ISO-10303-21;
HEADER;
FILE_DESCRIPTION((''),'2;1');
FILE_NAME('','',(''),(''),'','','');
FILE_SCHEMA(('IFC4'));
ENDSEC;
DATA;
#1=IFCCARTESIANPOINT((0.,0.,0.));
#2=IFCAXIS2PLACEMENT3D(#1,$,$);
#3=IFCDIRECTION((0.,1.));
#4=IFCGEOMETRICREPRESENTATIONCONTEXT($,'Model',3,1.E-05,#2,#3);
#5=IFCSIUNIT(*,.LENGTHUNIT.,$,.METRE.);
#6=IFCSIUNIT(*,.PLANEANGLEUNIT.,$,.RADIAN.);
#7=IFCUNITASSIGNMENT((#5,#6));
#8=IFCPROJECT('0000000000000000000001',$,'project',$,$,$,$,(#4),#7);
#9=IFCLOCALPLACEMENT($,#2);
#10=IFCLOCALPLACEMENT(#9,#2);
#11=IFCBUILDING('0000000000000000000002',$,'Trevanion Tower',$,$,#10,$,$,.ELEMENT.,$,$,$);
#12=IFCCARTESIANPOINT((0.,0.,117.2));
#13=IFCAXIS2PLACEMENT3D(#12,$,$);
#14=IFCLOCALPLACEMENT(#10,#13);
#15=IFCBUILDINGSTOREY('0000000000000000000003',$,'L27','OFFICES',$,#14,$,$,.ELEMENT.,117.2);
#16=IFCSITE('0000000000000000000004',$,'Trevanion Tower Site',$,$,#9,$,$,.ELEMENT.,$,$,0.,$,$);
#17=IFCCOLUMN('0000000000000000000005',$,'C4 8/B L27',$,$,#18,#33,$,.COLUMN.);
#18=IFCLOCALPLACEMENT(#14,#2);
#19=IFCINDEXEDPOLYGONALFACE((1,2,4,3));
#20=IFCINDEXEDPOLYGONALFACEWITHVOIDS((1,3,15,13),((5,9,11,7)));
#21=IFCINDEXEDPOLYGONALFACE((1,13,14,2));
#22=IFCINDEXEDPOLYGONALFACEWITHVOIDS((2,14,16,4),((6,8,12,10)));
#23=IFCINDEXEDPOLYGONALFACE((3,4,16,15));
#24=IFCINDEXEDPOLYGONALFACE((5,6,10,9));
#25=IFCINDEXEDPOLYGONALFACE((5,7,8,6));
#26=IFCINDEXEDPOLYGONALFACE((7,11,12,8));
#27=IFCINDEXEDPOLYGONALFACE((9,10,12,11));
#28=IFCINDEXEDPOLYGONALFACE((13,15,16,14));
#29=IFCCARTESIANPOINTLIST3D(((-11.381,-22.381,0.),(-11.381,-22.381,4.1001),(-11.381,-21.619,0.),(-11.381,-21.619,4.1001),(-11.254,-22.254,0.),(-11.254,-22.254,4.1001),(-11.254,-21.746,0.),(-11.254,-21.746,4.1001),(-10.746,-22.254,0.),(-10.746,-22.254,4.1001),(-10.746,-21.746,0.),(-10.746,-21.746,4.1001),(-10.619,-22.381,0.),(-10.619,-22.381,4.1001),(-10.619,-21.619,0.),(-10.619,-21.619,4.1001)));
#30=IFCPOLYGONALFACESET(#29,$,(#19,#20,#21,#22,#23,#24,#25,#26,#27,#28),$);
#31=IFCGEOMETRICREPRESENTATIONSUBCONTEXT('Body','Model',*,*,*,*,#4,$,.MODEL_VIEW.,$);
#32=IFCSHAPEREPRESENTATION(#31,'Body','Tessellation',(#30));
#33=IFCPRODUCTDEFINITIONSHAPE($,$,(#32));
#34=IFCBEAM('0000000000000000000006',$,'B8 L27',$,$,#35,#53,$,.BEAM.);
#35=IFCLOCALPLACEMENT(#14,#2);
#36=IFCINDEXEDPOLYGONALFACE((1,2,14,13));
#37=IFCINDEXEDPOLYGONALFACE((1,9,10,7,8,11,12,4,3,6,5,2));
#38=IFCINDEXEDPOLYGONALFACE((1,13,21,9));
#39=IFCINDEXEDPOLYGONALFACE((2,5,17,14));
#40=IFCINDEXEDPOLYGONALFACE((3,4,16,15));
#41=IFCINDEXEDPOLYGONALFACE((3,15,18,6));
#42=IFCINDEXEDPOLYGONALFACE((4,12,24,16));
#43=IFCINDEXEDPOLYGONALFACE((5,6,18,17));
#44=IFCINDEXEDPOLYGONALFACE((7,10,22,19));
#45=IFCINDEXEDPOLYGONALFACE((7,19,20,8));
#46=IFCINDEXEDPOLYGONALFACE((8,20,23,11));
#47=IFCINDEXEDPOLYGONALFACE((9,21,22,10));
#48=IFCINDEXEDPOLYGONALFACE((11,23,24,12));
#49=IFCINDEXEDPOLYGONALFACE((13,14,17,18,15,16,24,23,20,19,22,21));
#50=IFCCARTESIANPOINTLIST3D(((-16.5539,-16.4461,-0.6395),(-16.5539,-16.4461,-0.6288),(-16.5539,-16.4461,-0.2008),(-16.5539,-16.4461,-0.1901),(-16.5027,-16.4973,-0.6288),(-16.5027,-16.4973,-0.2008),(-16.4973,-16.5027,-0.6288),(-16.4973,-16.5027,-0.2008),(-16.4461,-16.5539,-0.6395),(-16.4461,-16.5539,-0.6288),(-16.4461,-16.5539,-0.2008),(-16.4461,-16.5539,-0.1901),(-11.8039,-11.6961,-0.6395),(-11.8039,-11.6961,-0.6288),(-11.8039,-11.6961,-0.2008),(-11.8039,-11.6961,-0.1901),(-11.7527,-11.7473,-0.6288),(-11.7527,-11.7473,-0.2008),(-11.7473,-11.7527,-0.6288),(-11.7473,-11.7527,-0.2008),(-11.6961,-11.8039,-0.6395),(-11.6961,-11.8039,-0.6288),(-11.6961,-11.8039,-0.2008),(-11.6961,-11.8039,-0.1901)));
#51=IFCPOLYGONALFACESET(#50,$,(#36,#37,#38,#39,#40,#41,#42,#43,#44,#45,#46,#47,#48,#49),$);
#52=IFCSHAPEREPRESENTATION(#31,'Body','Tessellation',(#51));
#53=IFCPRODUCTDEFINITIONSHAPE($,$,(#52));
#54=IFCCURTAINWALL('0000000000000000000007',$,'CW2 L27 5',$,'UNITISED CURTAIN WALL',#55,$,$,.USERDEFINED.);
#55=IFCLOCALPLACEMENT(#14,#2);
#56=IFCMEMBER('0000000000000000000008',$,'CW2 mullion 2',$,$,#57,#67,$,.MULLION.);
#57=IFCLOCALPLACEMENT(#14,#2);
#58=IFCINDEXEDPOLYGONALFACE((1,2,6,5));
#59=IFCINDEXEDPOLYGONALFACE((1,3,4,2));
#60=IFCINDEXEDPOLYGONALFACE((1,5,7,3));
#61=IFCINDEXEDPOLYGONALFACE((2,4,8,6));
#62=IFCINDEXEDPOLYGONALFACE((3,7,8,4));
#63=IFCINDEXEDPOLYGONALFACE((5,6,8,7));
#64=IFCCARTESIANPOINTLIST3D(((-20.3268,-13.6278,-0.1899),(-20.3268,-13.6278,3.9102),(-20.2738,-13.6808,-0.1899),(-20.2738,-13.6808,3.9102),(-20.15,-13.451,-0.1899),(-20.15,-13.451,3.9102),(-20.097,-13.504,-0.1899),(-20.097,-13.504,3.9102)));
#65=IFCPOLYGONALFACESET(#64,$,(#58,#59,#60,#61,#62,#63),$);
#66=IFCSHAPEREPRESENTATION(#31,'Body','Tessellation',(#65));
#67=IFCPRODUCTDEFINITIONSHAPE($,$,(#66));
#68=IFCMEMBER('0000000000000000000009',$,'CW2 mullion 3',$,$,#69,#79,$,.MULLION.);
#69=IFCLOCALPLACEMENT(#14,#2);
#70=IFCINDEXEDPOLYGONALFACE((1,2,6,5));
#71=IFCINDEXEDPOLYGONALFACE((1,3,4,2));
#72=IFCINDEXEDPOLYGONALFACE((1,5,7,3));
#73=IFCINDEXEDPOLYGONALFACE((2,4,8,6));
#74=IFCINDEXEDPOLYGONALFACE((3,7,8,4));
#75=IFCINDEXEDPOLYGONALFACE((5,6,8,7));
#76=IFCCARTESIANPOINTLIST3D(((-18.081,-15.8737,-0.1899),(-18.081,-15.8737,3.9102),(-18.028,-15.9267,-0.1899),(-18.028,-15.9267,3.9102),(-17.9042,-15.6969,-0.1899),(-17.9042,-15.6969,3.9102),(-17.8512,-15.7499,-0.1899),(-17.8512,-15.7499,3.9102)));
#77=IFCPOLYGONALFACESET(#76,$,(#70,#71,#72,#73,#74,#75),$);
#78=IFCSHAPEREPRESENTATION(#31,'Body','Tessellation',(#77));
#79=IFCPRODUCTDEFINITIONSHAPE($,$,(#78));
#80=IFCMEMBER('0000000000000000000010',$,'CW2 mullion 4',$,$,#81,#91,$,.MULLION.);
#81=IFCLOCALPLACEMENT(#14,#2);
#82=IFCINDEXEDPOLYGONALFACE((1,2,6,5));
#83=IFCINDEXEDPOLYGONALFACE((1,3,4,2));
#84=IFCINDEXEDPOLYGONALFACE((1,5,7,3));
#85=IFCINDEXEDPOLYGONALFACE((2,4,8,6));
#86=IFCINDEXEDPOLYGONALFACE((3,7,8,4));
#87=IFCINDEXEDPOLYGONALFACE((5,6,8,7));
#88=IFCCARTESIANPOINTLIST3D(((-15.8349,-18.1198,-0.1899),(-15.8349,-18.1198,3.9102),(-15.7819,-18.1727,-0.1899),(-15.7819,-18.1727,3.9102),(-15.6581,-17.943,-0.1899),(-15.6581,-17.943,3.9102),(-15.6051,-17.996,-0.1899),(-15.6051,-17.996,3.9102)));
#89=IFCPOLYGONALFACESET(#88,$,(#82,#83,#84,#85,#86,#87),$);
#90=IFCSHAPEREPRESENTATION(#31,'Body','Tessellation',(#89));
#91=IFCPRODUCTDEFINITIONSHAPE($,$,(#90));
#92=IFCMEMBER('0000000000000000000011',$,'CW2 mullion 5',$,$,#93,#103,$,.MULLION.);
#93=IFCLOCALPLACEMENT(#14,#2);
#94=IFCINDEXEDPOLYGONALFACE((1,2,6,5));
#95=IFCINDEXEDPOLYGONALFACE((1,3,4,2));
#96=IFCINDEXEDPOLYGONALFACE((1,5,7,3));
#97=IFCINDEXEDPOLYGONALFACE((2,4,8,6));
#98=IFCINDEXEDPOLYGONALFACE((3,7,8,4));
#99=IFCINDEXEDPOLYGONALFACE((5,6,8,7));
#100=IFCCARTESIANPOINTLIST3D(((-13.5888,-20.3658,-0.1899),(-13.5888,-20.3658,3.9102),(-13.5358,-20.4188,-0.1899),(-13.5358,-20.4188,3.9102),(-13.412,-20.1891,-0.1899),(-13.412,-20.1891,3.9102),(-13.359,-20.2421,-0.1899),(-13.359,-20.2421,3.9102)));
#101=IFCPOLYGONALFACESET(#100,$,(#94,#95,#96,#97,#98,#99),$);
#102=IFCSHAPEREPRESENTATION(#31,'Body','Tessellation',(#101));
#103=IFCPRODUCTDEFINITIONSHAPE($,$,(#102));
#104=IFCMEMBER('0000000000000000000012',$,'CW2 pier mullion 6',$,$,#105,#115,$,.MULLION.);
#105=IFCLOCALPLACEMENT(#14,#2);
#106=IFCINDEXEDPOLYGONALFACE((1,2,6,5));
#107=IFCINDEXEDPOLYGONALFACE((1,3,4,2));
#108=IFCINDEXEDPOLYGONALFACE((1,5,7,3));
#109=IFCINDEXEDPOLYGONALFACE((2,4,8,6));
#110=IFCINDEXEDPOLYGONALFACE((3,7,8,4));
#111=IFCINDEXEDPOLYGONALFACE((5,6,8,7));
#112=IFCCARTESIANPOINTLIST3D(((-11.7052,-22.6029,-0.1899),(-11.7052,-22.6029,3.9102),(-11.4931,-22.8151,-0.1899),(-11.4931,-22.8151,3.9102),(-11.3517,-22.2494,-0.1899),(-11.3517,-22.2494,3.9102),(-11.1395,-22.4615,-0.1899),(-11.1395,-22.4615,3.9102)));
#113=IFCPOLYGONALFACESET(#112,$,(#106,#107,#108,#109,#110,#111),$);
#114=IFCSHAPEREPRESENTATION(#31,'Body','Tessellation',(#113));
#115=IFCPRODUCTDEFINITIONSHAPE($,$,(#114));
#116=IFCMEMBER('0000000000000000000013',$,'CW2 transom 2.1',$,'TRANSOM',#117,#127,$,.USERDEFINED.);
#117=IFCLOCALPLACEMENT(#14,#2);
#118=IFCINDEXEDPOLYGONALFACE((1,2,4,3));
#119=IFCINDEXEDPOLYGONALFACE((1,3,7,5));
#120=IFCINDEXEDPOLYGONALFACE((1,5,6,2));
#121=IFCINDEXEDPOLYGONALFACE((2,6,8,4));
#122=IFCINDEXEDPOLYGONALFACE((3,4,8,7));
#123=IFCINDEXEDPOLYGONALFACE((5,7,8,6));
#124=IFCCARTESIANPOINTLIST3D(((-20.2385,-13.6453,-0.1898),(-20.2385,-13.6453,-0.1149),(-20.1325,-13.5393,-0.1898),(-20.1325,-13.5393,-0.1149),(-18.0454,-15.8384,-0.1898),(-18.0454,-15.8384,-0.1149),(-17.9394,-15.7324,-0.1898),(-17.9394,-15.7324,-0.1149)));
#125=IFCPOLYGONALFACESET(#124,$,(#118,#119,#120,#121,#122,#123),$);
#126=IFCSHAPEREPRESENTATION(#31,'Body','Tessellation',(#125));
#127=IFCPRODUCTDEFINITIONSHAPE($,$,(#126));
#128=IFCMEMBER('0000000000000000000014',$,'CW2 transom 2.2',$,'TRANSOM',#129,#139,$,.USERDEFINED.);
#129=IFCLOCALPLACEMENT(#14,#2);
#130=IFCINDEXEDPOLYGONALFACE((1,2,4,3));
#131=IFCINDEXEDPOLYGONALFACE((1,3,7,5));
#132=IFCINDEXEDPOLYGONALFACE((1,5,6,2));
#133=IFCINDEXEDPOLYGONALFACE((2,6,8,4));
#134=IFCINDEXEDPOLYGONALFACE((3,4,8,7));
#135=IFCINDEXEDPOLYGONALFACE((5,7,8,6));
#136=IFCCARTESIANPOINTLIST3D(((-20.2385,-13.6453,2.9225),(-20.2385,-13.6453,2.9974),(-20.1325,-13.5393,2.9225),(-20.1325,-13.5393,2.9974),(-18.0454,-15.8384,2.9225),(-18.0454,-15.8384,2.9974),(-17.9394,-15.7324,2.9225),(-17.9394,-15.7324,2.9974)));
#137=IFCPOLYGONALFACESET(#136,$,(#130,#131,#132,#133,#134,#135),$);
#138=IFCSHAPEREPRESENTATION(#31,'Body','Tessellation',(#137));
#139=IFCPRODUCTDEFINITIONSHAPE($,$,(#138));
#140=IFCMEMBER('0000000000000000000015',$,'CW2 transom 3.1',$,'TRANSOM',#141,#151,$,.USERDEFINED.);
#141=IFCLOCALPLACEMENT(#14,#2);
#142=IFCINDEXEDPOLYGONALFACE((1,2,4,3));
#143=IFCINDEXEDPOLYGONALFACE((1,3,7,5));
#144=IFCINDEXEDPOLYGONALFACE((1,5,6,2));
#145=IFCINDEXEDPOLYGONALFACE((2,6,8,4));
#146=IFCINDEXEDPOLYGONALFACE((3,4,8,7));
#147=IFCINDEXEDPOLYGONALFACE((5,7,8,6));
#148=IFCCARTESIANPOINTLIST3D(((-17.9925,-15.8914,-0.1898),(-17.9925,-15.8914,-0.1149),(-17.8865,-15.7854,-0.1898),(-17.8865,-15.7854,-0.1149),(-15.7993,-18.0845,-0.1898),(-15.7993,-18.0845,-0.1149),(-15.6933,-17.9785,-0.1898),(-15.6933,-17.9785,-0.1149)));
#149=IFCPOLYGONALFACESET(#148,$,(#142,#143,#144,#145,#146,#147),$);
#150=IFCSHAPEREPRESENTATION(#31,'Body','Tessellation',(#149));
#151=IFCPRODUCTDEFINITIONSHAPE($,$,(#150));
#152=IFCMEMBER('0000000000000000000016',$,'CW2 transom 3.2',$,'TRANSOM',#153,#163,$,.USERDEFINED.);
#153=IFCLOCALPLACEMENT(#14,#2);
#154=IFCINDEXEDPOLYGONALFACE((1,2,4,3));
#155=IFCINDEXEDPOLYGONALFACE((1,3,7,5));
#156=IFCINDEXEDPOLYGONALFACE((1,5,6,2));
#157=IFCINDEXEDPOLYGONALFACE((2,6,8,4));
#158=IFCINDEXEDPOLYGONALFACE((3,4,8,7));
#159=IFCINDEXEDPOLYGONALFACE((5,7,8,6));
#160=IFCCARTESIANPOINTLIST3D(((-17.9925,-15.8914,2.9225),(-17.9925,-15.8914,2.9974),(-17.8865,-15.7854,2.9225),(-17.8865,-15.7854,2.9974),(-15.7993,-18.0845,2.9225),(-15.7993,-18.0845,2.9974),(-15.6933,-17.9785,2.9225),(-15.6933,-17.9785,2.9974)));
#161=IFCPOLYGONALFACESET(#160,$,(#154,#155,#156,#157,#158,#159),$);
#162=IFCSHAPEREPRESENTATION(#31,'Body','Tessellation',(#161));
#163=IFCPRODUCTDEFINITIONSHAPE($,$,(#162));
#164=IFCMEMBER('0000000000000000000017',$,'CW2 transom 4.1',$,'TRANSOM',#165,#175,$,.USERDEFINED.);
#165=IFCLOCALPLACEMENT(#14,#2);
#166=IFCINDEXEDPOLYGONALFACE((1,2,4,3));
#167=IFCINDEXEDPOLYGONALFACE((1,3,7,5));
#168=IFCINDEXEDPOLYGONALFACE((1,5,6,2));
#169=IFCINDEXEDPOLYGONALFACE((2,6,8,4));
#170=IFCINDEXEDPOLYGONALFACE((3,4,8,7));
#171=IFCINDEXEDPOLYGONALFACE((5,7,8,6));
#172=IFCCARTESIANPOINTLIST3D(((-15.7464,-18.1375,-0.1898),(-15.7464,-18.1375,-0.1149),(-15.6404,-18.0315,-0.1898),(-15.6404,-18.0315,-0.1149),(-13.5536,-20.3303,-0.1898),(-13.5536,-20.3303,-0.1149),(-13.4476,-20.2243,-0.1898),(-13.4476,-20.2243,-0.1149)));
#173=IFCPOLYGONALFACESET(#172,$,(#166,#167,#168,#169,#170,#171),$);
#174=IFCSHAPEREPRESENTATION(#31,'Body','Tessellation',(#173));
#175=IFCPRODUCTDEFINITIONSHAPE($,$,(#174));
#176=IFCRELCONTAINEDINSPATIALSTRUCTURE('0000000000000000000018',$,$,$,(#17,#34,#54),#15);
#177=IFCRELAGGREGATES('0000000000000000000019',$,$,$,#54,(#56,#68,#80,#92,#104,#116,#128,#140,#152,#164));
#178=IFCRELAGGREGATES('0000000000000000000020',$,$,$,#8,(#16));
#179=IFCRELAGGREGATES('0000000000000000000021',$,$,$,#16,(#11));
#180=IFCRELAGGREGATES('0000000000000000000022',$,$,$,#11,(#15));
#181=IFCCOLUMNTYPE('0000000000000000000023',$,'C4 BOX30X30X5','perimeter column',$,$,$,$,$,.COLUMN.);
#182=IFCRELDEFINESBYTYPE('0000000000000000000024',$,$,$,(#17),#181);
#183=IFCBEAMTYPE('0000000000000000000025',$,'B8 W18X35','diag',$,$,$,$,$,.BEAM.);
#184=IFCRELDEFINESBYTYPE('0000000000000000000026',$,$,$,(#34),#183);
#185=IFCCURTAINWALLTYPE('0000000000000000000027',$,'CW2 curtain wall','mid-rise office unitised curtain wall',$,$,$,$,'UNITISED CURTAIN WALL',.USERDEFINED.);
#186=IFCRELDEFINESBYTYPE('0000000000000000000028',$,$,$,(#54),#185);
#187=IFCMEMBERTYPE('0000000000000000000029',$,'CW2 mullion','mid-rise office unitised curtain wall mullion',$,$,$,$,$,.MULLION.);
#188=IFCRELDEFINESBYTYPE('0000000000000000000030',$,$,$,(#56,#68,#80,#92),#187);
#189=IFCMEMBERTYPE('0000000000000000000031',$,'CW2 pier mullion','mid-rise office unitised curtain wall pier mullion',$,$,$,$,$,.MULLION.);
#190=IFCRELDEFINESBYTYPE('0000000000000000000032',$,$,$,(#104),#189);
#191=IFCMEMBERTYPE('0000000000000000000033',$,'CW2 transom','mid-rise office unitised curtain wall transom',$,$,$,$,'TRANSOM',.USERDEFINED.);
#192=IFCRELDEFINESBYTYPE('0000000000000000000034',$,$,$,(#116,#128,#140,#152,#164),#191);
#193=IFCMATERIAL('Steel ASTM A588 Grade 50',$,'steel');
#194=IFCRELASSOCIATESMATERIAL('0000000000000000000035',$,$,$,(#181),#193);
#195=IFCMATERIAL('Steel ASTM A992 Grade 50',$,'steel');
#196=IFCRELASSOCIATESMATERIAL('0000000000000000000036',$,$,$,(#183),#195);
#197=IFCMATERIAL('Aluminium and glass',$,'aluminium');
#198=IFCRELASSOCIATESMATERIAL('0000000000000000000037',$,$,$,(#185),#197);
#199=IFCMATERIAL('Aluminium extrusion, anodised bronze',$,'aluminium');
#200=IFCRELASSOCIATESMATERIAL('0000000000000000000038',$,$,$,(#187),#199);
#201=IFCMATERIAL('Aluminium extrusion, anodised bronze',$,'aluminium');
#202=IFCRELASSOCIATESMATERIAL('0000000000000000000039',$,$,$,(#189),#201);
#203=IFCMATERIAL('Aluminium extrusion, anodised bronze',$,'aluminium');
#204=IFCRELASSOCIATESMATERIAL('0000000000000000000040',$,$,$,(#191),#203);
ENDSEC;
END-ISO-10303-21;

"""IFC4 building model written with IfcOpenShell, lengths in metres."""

from ifc_helpers import new_model, si_unit, direction, frame, origin, origin_2d, place, context, subcontext, project, spatial, rectangle, hollow_rectangle, i_section, extrude, material, material_profile, profile_set, type_object, element, aggregate, save


model = new_model("IFC4")

# Units and contexts
model_context = context("Model", 3, precision=1e-05, world=origin(), true_north=direction((0.0, 1.0)))
body_context = subcontext(model_context, "Body", "Model", "MODEL_VIEW")
ifc_project = project(units=[si_unit("LENGTHUNIT", "METRE"), si_unit("PLANEANGLEUNIT", "RADIAN")], contexts=[model_context])

# Site, building, storey
site_placement = place(None, origin())
site = spatial("IfcSite", under=ifc_project, at=site_placement, Name="Trevanion Tower Site", CompositionType="ELEMENT", RefElevation=0.0)
building_placement = place(site_placement, origin())
building = spatial("IfcBuilding", under=site, at=building_placement, Name="Trevanion Tower", CompositionType="ELEMENT")
storey_placement = place(building_placement, frame((0.0, 0.0, 117.2)))
storey = spatial("IfcBuildingStorey", under=building, at=storey_placement, Name="L27", Description="OFFICES", CompositionType="ELEMENT", Elevation=117.2)

# Column
ifc_material_1 = material(Name="Steel ASTM A588 Grade 50", Category="steel")
ifc_material_profile_1 = material_profile(ifc_material_1, hollow_rectangle(XDim=0.762, YDim=0.762, WallThickness=0.127, at=origin_2d()), Name="BOX30X30X5")
ifc_profile_set_1 = profile_set([ifc_material_profile_1], Name="Steel ASTM A588 Grade 50")
column_type = type_object("IfcColumnType", Name="C4 BOX30X30X5", Description="perimeter column", PredefinedType="COLUMN", material=ifc_profile_set_1)
column_placement = place(storey_placement, frame((-11.0, -22.0, 0.0), z_axis=(0.0, 0.0, 1.0), x_axis=(1.0, 0.0, 0.0)))
element("IfcColumn", 1, at=column_placement, inside=storey, type_object=column_type, Name="C4 8/B L27", PredefinedType="COLUMN", context=body_context, shape_type="SweptSolid", body=[
    extrude(hollow_rectangle(XDim=0.762, YDim=0.762, WallThickness=0.127, at=origin_2d()), origin(), (0.0, 0.0, 1.0), 4.1001),
])

# Beam
ifc_material_2 = material(Name="Steel ASTM A992 Grade 50", Category="steel")
ifc_material_profile_2 = material_profile(ifc_material_2, i_section(OverallWidth=0.1523, OverallDepth=0.4495, WebThickness=0.0076, FlangeThickness=0.0107, at=origin_2d()), Name="W18X35")
ifc_profile_set_2 = profile_set([ifc_material_profile_2], Name="Steel ASTM A992 Grade 50")
beam_type_1 = type_object("IfcBeamType", Name="B8 W18X35", Description="diag", PredefinedType="BEAM", material=ifc_profile_set_2)
beam_1_placement = place(storey_placement, frame((-11.75, -11.75, -0.4148), z_axis=(-0.707107, -0.707107, 0.0), x_axis=(0.707107, -0.707107, 0.0)))
element("IfcBeam", 2, at=beam_1_placement, inside=storey, type_object=beam_type_1, Name="B8 L27", PredefinedType="BEAM", context=body_context, shape_type="SweptSolid", body=[
    extrude(i_section(OverallWidth=0.1523, OverallDepth=0.4495, WebThickness=0.0076, FlangeThickness=0.0107, at=origin_2d()), origin(), (0.0, 0.0, 1.0), 6.7175),
])

# Curtain wall, members
ifc_material_3 = material(Name="Aluminium and glass", Category="aluminium")
curtain_wall_type = type_object("IfcCurtainWallType", Name="CW2 curtain wall", Description="mid-rise office unitised curtain wall", ElementType="UNITISED CURTAIN WALL", PredefinedType="USERDEFINED", material=ifc_material_3)
curtain_wall_placement = place(storey_placement, origin())
curtain_wall = element("IfcCurtainWall", 3, at=curtain_wall_placement, inside=storey, type_object=curtain_wall_type, Name="CW2 L27 5", ObjectType="UNITISED CURTAIN WALL", PredefinedType="USERDEFINED")
ifc_material_4 = material(Name="Aluminium extrusion, anodised bronze", Category="aluminium")
ifc_material_profile_3 = material_profile(ifc_material_4, rectangle(XDim=0.075, YDim=0.25, at=origin_2d()), Name="CW2 mullion")
ifc_profile_set_3 = profile_set([ifc_material_profile_3], Name="Aluminium extrusion, anodised bronze")
member_type_1 = type_object("IfcMemberType", Name="CW2 mullion", Description="mid-rise office unitised curtain wall mullion", PredefinedType="MULLION", material=ifc_profile_set_3)
member_1_placement = place(storey_placement, frame((-20.2119, -13.5659, -0.1899), z_axis=(0.0, 0.0, 1.0), x_axis=(0.707107, -0.707107, 0.0)))
member_1 = element("IfcMember", 4, at=member_1_placement, type_object=member_type_1, Name="CW2 mullion 2", PredefinedType="MULLION", context=body_context, shape_type="SweptSolid", body=[
    extrude(rectangle(XDim=0.075, YDim=0.25, at=origin_2d()), origin(), (0.0, 0.0, 1.0), 4.1001),
])
member_2_placement = place(storey_placement, frame((-17.9661, -15.8118, -0.1899), z_axis=(0.0, 0.0, 1.0), x_axis=(0.707107, -0.707107, 0.0)))
member_2 = element("IfcMember", 5, at=member_2_placement, type_object=member_type_1, Name="CW2 mullion 3", PredefinedType="MULLION", context=body_context, shape_type="SweptSolid", body=[
    extrude(rectangle(XDim=0.075, YDim=0.25, at=origin_2d()), origin(), (0.0, 0.0, 1.0), 4.1001),
])
member_3_placement = place(storey_placement, frame((-15.72, -18.0579, -0.1899), z_axis=(0.0, 0.0, 1.0), x_axis=(0.707107, -0.707107, 0.0)))
member_3 = element("IfcMember", 6, at=member_3_placement, type_object=member_type_1, Name="CW2 mullion 4", PredefinedType="MULLION", context=body_context, shape_type="SweptSolid", body=[
    extrude(rectangle(XDim=0.075, YDim=0.25, at=origin_2d()), origin(), (0.0, 0.0, 1.0), 4.1001),
])
member_4_placement = place(storey_placement, frame((-13.4739, -20.304, -0.1899), z_axis=(0.0, 0.0, 1.0), x_axis=(0.707107, -0.707107, 0.0)))
member_4 = element("IfcMember", 7, at=member_4_placement, type_object=member_type_1, Name="CW2 mullion 5", PredefinedType="MULLION", context=body_context, shape_type="SweptSolid", body=[
    extrude(rectangle(XDim=0.075, YDim=0.25, at=origin_2d()), origin(), (0.0, 0.0, 1.0), 4.1001),
])
ifc_material_5 = material(Name="Aluminium extrusion, anodised bronze", Category="aluminium")
ifc_material_profile_4 = material_profile(ifc_material_5, rectangle(XDim=0.3, YDim=0.5, at=origin_2d()), Name="CW2 pier mullion")
ifc_profile_set_4 = profile_set([ifc_material_profile_4], Name="Aluminium extrusion, anodised bronze")
member_type_2 = type_object("IfcMemberType", Name="CW2 pier mullion", Description="mid-rise office unitised curtain wall pier mullion", PredefinedType="MULLION", material=ifc_profile_set_4)
member_5_placement = place(storey_placement, frame((-11.4224, -22.5322, -0.1899), z_axis=(0.0, 0.0, 1.0), x_axis=(0.707107, -0.707107, 0.0)))
member_5 = element("IfcMember", 8, at=member_5_placement, type_object=member_type_2, Name="CW2 pier mullion 6", PredefinedType="MULLION", context=body_context, shape_type="SweptSolid", body=[
    extrude(rectangle(XDim=0.3, YDim=0.5, at=origin_2d()), origin(), (0.0, 0.0, 1.0), 4.1001),
])
ifc_material_6 = material(Name="Aluminium extrusion, anodised bronze", Category="aluminium")
ifc_material_profile_5 = material_profile(ifc_material_6, rectangle(XDim=0.1499, YDim=0.075, at=origin_2d()), Name="CW2 transom")
ifc_profile_set_5 = profile_set([ifc_material_profile_5], Name="Aluminium extrusion, anodised bronze")
member_type_3 = type_object("IfcMemberType", Name="CW2 transom", Description="mid-rise office unitised curtain wall transom", ElementType="TRANSOM", PredefinedType="USERDEFINED", material=ifc_profile_set_5)
member_6_placement = place(storey_placement, frame((-20.1855, -13.5923, -0.1523), z_axis=(0.707107, -0.707107, 0.0), x_axis=(0.707107, 0.707107, 0.0)))
member_6 = element("IfcMember", 9, at=member_6_placement, type_object=member_type_3, Name="CW2 transom 2.1", ObjectType="TRANSOM", PredefinedType="USERDEFINED", context=body_context, shape_type="SweptSolid", body=[
    extrude(rectangle(XDim=0.1499, YDim=0.075, at=origin_2d()), origin(), (0.0, 0.0, 1.0), 3.1016),
])
member_7_placement = place(storey_placement, frame((-20.1855, -13.5923, 2.96), z_axis=(0.707107, -0.707107, 0.0), x_axis=(0.707107, 0.707107, 0.0)))
member_7 = element("IfcMember", 10, at=member_7_placement, type_object=member_type_3, Name="CW2 transom 2.2", ObjectType="TRANSOM", PredefinedType="USERDEFINED", context=body_context, shape_type="SweptSolid", body=[
    extrude(rectangle(XDim=0.1499, YDim=0.075, at=origin_2d()), origin(), (0.0, 0.0, 1.0), 3.1016),
])
member_8_placement = place(storey_placement, frame((-17.9395, -15.8384, -0.1523), z_axis=(0.707107, -0.707107, 0.0), x_axis=(0.707107, 0.707107, 0.0)))
member_8 = element("IfcMember", 11, at=member_8_placement, type_object=member_type_3, Name="CW2 transom 3.1", ObjectType="TRANSOM", PredefinedType="USERDEFINED", context=body_context, shape_type="SweptSolid", body=[
    extrude(rectangle(XDim=0.1499, YDim=0.075, at=origin_2d()), origin(), (0.0, 0.0, 1.0), 3.1016),
])
member_9_placement = place(storey_placement, frame((-17.9395, -15.8384, 2.96), z_axis=(0.707107, -0.707107, 0.0), x_axis=(0.707107, 0.707107, 0.0)))
member_9 = element("IfcMember", 12, at=member_9_placement, type_object=member_type_3, Name="CW2 transom 3.2", ObjectType="TRANSOM", PredefinedType="USERDEFINED", context=body_context, shape_type="SweptSolid", body=[
    extrude(rectangle(XDim=0.1499, YDim=0.075, at=origin_2d()), origin(), (0.0, 0.0, 1.0), 3.1016),
])
member_10_placement = place(storey_placement, frame((-15.6934, -18.0845, -0.1523), z_axis=(0.707107, -0.707107, 0.0), x_axis=(0.707107, 0.707107, 0.0)))
member_10 = element("IfcMember", 13, at=member_10_placement, type_object=member_type_3, Name="CW2 transom 4.1", ObjectType="TRANSOM", PredefinedType="USERDEFINED", context=body_context, shape_type="SweptSolid", body=[
    extrude(rectangle(XDim=0.1499, YDim=0.075, at=origin_2d()), origin(), (0.0, 0.0, 1.0), 3.1011),
])

aggregate(curtain_wall, [member_1, member_2, member_3, member_4, member_5, member_6, member_7, member_8, member_9, member_10])

save(model, "model.ifc")
